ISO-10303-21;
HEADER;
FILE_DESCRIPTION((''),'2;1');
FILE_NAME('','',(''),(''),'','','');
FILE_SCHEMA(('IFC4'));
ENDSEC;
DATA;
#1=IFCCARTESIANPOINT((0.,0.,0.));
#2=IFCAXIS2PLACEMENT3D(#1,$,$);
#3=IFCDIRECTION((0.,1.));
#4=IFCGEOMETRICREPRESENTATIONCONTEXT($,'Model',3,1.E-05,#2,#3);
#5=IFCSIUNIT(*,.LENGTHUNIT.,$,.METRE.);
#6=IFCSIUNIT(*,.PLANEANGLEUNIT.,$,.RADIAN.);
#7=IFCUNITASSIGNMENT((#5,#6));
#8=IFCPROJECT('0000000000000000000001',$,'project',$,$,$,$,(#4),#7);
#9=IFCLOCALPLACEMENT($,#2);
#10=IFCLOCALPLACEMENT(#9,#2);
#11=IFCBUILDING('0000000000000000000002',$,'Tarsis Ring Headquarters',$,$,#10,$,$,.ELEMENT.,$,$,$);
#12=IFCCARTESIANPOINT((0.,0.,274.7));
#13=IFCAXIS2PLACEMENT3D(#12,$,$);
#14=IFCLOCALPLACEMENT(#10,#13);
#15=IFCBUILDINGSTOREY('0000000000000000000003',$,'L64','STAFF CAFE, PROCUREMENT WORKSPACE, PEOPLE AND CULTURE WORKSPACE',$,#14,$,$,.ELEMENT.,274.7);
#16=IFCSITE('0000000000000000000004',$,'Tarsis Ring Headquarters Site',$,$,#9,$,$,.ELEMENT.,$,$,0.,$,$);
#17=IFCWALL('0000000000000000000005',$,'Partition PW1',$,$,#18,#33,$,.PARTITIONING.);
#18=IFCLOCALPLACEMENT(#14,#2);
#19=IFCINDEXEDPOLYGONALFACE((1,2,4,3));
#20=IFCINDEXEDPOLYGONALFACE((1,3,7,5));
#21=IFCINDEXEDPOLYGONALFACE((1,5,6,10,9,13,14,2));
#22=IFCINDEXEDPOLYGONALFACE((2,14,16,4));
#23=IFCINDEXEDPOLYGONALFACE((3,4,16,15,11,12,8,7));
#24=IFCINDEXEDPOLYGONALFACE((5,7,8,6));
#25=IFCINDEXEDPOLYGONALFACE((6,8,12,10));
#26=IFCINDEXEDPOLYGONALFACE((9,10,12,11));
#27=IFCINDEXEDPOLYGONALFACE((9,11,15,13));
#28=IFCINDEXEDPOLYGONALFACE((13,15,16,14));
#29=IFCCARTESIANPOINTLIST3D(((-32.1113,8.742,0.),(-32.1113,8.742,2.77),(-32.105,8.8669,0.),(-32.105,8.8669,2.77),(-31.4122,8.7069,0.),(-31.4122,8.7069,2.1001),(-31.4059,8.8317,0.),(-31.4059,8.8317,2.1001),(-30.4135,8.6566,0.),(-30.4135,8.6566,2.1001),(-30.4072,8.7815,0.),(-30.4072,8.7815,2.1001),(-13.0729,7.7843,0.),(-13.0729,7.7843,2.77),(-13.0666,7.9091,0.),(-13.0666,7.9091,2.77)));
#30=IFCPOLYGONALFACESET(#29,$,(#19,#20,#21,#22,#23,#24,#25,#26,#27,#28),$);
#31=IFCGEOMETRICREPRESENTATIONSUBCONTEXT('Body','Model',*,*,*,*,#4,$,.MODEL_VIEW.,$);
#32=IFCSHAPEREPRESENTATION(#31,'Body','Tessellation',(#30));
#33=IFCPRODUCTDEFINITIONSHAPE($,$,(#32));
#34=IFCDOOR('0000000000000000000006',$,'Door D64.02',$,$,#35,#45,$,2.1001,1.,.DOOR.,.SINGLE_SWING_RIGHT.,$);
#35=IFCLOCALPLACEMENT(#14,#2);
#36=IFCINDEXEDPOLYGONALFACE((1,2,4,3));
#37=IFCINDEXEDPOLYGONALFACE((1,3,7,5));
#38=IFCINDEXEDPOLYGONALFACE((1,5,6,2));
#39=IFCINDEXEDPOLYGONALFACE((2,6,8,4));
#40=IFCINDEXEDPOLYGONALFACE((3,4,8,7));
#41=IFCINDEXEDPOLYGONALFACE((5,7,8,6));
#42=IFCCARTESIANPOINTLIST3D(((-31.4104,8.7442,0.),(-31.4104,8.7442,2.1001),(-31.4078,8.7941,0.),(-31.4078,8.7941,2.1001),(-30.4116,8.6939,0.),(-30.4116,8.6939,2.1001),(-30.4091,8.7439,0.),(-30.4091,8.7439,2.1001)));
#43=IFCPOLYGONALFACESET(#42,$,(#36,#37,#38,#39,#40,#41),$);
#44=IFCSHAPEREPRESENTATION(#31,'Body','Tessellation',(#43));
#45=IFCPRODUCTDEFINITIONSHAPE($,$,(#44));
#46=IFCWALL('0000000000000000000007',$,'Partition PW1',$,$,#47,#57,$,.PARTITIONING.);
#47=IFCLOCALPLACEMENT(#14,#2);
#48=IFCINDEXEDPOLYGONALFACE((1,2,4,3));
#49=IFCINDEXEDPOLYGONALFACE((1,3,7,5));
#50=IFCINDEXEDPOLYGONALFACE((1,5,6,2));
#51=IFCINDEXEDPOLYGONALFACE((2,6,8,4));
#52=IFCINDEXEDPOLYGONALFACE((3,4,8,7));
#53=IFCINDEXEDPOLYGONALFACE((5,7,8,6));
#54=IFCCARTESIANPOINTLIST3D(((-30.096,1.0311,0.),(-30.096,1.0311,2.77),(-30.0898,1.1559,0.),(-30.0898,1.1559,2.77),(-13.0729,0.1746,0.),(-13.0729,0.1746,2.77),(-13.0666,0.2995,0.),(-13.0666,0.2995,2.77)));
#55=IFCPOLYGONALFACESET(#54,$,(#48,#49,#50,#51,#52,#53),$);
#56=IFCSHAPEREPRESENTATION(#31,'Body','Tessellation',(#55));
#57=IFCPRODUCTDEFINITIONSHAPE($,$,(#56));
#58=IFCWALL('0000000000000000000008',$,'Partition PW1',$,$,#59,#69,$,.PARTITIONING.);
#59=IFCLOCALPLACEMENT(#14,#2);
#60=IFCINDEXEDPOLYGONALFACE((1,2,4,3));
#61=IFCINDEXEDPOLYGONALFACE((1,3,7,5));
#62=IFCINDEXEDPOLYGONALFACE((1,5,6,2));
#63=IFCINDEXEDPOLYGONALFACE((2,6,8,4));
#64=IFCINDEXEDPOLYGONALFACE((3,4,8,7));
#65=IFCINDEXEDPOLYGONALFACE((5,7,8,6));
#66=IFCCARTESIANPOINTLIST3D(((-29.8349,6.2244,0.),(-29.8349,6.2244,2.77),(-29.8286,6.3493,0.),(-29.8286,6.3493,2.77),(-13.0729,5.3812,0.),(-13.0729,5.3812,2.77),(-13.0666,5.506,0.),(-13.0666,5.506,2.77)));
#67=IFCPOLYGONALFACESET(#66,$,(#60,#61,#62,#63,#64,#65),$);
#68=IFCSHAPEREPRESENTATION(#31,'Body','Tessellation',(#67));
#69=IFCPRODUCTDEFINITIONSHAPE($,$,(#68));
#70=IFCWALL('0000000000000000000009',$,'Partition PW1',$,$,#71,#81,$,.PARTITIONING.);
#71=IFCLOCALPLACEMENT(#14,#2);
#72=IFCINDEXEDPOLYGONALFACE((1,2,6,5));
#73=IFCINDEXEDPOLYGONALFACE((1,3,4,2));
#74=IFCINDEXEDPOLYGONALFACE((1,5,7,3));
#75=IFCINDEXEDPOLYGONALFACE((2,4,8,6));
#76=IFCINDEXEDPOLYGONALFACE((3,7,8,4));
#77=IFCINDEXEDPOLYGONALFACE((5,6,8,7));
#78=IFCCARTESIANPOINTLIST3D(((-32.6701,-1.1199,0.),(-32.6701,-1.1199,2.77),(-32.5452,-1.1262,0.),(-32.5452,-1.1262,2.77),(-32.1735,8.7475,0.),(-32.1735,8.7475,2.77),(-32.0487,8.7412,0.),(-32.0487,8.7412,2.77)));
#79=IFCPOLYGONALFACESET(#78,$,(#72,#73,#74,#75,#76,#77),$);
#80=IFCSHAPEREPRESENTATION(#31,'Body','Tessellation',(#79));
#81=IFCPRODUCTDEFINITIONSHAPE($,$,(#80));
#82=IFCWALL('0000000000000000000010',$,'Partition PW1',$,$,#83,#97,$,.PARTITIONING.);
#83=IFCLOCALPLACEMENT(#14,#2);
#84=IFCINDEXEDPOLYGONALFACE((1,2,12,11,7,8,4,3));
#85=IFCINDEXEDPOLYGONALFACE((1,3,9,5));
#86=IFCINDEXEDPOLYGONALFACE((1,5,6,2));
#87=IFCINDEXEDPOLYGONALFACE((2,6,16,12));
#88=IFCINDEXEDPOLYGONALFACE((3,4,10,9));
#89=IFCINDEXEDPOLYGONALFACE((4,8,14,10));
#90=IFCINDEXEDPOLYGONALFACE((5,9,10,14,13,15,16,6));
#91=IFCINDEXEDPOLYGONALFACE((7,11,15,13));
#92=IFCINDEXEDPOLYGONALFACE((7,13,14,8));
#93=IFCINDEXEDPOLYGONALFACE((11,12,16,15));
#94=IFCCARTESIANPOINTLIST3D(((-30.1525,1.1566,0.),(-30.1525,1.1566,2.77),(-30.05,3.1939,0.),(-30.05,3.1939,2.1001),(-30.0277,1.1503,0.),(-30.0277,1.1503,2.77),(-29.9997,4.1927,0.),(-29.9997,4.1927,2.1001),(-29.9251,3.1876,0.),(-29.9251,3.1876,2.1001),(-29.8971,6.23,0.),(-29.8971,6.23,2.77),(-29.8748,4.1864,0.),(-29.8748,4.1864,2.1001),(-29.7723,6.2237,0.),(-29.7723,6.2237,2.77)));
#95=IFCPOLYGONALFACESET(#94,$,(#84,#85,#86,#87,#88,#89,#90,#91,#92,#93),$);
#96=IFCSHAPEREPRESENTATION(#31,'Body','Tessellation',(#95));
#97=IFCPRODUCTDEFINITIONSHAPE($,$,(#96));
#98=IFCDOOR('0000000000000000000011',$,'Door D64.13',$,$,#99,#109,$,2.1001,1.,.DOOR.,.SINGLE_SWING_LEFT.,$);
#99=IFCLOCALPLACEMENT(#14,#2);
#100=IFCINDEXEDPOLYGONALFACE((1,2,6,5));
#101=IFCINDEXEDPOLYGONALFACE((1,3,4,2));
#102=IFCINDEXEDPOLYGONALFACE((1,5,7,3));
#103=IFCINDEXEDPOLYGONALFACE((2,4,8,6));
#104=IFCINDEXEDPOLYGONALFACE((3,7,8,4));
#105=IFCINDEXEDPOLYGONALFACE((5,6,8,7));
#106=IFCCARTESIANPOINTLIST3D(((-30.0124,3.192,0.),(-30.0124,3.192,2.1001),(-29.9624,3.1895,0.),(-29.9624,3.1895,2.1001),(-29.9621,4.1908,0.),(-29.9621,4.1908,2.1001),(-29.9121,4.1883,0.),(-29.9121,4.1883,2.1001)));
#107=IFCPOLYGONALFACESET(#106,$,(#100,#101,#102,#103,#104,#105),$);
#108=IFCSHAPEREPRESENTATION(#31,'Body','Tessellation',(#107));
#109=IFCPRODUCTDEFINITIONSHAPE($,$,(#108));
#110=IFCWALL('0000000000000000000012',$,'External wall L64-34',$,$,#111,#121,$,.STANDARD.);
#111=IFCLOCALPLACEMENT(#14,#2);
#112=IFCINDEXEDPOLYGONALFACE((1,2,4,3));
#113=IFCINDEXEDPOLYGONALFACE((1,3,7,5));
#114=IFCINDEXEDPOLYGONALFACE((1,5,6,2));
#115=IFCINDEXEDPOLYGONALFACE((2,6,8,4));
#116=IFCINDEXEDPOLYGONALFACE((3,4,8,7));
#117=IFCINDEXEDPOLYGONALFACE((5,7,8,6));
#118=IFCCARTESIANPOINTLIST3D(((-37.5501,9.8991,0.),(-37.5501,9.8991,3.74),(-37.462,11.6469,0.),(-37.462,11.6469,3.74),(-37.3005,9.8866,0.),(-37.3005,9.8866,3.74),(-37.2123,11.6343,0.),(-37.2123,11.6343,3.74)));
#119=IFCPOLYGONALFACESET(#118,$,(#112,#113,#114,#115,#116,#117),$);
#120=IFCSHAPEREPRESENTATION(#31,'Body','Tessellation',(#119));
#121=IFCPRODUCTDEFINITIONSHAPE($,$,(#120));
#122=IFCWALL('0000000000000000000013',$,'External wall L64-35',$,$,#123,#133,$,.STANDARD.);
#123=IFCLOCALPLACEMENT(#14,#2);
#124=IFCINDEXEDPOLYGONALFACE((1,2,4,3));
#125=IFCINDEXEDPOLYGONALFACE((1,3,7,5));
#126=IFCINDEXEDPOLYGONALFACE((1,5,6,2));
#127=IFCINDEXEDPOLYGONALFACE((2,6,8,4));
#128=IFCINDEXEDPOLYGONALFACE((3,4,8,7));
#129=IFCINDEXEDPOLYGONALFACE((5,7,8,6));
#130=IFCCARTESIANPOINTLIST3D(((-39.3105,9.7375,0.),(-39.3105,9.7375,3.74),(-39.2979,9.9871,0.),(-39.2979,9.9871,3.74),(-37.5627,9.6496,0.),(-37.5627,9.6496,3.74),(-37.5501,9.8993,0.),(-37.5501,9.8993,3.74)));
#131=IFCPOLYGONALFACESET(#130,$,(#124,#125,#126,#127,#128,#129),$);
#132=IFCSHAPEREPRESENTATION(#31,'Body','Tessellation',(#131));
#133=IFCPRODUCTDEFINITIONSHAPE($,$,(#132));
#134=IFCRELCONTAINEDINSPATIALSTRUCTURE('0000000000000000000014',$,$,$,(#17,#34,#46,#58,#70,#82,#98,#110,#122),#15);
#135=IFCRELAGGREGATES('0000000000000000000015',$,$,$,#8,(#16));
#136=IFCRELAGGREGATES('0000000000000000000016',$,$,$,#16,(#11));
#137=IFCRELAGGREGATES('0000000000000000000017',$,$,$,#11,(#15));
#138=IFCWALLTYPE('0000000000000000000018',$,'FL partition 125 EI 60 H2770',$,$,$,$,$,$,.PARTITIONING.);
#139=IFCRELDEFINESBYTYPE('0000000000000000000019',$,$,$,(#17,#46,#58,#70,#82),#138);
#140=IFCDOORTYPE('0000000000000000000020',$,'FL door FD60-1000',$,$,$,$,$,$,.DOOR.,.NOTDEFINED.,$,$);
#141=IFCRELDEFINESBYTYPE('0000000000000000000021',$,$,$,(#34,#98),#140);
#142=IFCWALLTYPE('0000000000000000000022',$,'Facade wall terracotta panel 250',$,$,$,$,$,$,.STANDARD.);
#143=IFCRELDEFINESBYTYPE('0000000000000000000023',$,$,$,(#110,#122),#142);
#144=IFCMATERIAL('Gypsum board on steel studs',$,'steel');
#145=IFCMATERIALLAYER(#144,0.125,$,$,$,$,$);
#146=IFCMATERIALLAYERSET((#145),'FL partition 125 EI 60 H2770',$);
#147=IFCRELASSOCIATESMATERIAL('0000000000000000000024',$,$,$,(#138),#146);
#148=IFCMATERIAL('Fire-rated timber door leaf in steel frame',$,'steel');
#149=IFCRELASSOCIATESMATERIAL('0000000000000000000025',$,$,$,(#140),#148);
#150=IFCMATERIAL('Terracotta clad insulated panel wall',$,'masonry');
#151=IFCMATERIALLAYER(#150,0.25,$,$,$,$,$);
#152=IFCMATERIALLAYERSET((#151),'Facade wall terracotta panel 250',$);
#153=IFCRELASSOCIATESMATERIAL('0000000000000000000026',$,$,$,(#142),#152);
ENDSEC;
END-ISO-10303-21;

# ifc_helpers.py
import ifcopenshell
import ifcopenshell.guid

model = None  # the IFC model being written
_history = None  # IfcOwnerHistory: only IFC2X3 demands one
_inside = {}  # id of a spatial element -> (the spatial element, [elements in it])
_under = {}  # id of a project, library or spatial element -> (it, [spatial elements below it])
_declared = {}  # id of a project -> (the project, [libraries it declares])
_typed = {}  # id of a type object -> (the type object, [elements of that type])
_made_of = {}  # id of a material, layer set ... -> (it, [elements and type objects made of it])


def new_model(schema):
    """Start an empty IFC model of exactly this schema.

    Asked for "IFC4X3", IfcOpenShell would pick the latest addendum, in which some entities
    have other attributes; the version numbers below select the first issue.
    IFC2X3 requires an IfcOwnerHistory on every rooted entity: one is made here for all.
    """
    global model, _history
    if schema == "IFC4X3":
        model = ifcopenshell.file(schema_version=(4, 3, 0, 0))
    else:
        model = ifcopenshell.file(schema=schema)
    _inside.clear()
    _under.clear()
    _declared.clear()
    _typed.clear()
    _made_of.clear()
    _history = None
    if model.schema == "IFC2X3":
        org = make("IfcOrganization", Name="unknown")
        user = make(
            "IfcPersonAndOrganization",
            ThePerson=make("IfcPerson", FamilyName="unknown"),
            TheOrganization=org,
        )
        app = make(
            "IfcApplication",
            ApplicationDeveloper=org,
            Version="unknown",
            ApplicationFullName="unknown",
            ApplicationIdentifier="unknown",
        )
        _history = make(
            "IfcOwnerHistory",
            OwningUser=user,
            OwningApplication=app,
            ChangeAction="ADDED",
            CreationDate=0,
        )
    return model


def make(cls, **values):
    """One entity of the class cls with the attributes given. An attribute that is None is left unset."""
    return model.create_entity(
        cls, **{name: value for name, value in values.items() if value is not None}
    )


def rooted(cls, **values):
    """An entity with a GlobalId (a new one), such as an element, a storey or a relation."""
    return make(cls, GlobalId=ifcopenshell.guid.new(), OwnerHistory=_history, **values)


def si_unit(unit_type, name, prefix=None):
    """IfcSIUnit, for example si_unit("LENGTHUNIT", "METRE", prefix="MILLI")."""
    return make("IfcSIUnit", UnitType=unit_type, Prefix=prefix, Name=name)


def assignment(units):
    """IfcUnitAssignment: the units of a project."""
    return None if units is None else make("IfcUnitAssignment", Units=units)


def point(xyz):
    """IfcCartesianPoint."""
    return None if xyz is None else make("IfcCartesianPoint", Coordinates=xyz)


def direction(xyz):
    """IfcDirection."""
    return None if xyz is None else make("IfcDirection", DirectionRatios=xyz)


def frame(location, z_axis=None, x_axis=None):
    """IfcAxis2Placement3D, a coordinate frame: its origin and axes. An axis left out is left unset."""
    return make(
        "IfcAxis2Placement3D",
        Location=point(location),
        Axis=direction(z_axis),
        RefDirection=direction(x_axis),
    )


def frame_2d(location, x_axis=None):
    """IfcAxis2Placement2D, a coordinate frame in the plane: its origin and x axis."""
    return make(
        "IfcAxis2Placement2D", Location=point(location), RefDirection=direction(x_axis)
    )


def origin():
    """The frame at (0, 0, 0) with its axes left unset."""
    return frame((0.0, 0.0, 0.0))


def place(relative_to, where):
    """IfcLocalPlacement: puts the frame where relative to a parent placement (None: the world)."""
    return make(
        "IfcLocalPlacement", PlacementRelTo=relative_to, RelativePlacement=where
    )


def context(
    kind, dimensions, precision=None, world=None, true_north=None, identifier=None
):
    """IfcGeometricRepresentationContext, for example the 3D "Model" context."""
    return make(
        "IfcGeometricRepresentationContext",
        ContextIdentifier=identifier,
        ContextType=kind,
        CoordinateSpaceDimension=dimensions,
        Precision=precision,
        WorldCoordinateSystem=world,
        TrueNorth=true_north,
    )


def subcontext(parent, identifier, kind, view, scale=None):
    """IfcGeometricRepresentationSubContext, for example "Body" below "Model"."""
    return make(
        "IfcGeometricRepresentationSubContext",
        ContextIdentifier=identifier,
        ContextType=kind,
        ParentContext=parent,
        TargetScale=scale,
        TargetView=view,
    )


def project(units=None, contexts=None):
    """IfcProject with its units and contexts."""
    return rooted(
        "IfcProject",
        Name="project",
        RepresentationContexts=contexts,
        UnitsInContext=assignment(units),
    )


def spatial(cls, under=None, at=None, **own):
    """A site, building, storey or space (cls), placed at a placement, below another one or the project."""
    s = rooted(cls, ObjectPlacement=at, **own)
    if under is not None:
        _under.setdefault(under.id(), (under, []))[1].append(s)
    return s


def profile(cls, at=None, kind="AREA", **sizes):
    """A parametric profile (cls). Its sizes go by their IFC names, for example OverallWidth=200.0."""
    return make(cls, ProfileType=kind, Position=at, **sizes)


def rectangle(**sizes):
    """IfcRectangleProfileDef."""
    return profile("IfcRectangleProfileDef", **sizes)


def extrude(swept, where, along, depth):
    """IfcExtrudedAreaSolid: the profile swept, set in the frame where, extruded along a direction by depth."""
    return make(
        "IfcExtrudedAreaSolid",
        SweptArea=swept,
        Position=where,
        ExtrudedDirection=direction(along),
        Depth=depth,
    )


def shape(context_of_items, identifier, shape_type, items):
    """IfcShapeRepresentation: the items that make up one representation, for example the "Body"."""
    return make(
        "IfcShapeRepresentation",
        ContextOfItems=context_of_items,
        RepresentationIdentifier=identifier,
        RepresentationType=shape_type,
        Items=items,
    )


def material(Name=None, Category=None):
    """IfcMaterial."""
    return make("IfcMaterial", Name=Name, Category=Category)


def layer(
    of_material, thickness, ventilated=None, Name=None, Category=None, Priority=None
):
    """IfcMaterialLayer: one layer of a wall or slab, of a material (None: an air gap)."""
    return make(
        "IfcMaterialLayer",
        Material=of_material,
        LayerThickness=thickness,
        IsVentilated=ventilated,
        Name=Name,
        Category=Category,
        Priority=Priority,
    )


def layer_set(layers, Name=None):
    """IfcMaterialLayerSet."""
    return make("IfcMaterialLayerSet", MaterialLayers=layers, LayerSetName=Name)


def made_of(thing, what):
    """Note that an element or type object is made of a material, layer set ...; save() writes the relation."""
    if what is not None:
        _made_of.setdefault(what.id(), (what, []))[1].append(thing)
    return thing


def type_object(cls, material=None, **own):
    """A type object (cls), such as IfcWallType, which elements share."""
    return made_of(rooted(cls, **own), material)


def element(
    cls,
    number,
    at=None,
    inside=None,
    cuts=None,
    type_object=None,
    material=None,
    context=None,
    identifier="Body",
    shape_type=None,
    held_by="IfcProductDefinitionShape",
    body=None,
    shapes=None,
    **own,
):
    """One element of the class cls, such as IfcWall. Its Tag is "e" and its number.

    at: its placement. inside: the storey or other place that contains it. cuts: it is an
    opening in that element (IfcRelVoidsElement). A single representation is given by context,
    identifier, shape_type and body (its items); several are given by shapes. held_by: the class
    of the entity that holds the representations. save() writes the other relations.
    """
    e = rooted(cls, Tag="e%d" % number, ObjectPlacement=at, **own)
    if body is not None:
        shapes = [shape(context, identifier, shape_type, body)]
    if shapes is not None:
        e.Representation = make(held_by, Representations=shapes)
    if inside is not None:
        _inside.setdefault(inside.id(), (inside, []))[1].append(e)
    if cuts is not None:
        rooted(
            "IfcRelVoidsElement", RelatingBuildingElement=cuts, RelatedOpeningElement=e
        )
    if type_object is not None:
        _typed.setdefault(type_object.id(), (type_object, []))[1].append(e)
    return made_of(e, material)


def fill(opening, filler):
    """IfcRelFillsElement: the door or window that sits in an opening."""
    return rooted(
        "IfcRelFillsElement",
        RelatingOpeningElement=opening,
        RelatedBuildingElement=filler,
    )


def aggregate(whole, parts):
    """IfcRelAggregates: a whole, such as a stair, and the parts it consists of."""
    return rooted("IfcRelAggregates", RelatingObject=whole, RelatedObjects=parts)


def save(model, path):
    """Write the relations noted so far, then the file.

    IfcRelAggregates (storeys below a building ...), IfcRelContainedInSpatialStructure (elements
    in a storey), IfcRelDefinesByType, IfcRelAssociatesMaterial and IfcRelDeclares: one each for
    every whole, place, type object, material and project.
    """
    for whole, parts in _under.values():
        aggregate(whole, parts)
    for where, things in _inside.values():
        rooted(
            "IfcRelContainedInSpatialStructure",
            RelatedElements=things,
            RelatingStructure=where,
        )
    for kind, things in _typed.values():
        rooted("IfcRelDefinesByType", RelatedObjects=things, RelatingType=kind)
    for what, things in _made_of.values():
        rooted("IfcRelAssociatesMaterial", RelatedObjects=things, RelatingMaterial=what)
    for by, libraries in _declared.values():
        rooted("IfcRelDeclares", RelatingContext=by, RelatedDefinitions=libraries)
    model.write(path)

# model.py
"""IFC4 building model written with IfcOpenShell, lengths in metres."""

from ifc_helpers import new_model, si_unit, direction, frame, frame_2d, origin, place, context, subcontext, project, spatial, rectangle, extrude, material, layer, layer_set, type_object, element, fill, save


model = new_model("IFC4")

# Units and contexts
model_context = context("Model", 3, precision=1e-05, world=origin(), true_north=direction((0.0, 1.0)))
body_context = subcontext(model_context, "Body", "Model", "MODEL_VIEW")
ifc_project = project(units=[si_unit("LENGTHUNIT", "METRE"), si_unit("PLANEANGLEUNIT", "RADIAN")], contexts=[model_context])

# Site, building, storey
site_placement = place(None, origin())
site = spatial("IfcSite", under=ifc_project, at=site_placement, Name="Tarsis Ring Headquarters Site", CompositionType="ELEMENT", RefElevation=0.0)
building_placement = place(site_placement, origin())
building = spatial("IfcBuilding", under=site, at=building_placement, Name="Tarsis Ring Headquarters", CompositionType="ELEMENT")
storey_placement = place(building_placement, frame((0.0, 0.0, 274.7)))
storey = spatial("IfcBuildingStorey", under=building, at=storey_placement, Name="L64", Description="STAFF CAFE, PROCUREMENT WORKSPACE, PEOPLE AND CULTURE WORKSPACE", CompositionType="ELEMENT", Elevation=274.7)

# Shared definitions
ifc_material_1 = material(Name="Gypsum board on steel studs", Category="steel")

# Wall, opening, door
ifc_layer_1 = layer(ifc_material_1, 0.125)
ifc_layer_set_1 = layer_set([ifc_layer_1], Name="FL partition 125 EI 60 H2770")
wall_type_1 = type_object("IfcWallType", Name="FL partition 125 EI 60 H2770", PredefinedType="PARTITIONING", material=ifc_layer_set_1)
ifc_material_2 = material(Name="Fire-rated timber door leaf in steel frame", Category="steel")
wall_1_placement = place(storey_placement, frame((-32.1082, 8.8044, 0.0), z_axis=(0.0, 0.0, 1.0), x_axis=(0.998737, -0.050244, 0.0)))
wall_1 = element("IfcWall", 1, at=wall_1_placement, inside=storey, type_object=wall_type_1, Name="Partition PW1", PredefinedType="PARTITIONING", context=body_context, shape_type="SweptSolid", body=[
    extrude(rectangle(XDim=19.0625, YDim=0.125, at=frame_2d((9.5312, 0.0))), origin(), (0.0, 0.0, 1.0), 2.77),
])
opening_1_placement = place(wall_1_placement, frame((0.7, 0.0, 0.0)))
opening_1 = element("IfcOpeningElement", 2, at=opening_1_placement, cuts=wall_1, PredefinedType="OPENING", context=body_context, shape_type="SweptSolid", body=[
    extrude(rectangle(XDim=1.0, YDim=2.1001, at=frame_2d((0.5, 1.05))), frame((0.0, 0.0725, 0.0), z_axis=(0.0, -1.0, 0.0), x_axis=(1.0, 0.0, 0.0)), (0.0, 0.0, 1.0), 0.145),
])
door_type_1 = type_object("IfcDoorType", Name="FL door FD60-1000", OperationType="NOTDEFINED", PredefinedType="DOOR", material=ifc_material_2)
door_1_placement = place(opening_1_placement, origin())
door_1 = element("IfcDoor", 3, at=door_1_placement, inside=storey, type_object=door_type_1, Name="Door D64.02", OperationType="SINGLE_SWING_RIGHT", OverallHeight=2.1001, OverallWidth=1.0, PredefinedType="DOOR", context=body_context, shape_type="SweptSolid", body=[
    extrude(rectangle(XDim=1.0, YDim=2.1001, at=frame_2d((0.5, 1.05))), frame((0.0, 0.0249, 0.0), z_axis=(0.0, -1.0, 0.0), x_axis=(1.0, 0.0, 0.0)), (0.0, 0.0, 1.0), 0.05),
])
fill(opening_1, door_1)

# Walls
wall_2_placement = place(storey_placement, frame((-30.093, 1.0935, 0.0), z_axis=(0.0, 0.0, 1.0), x_axis=(0.998737, -0.050247, 0.0)))
element("IfcWall", 4, at=wall_2_placement, inside=storey, type_object=wall_type_1, Name="Partition PW1", PredefinedType="PARTITIONING", context=body_context, shape_type="SweptSolid", body=[
    extrude(rectangle(XDim=17.0447, YDim=0.125, at=frame_2d((8.5225, 0.0))), origin(), (0.0, 0.0, 1.0), 2.77),
])
wall_3_placement = place(storey_placement, frame((-29.8318, 6.2869, 0.0), z_axis=(0.0, 0.0, 1.0), x_axis=(0.998737, -0.050245, 0.0)))
element("IfcWall", 5, at=wall_3_placement, inside=storey, type_object=wall_type_1, Name="Partition PW1", PredefinedType="PARTITIONING", context=body_context, shape_type="SweptSolid", body=[
    extrude(rectangle(XDim=16.7832, YDim=0.125, at=frame_2d((8.3916, 0.0))), origin(), (0.0, 0.0, 1.0), 2.77),
])
wall_4_placement = place(storey_placement, frame((-32.6077, -1.123, 0.0), z_axis=(0.0, 0.0, 1.0), x_axis=(0.050262, 0.998736, 0.0)))
element("IfcWall", 6, at=wall_4_placement, inside=storey, type_object=wall_type_1, Name="Partition PW1", PredefinedType="PARTITIONING", context=body_context, shape_type="SweptSolid", body=[
    extrude(rectangle(XDim=9.8799, YDim=0.125, at=frame_2d((4.9399, 0.0))), origin(), (0.0, 0.0, 1.0), 2.77),
])

# Wall, opening, door
wall_5_placement = place(storey_placement, frame((-30.0901, 1.1533, 0.0), z_axis=(0.0, 0.0, 1.0), x_axis=(0.050271, 0.998736, 0.0)))
wall_5 = element("IfcWall", 7, at=wall_5_placement, inside=storey, type_object=wall_type_1, Name="Partition PW1", PredefinedType="PARTITIONING", context=body_context, shape_type="SweptSolid", body=[
    extrude(rectangle(XDim=5.0798, YDim=0.125, at=frame_2d((2.54, 0.0))), origin(), (0.0, 0.0, 1.0), 2.77),
])
opening_2_placement = place(wall_5_placement, frame((2.04, 0.0, 0.0)))
opening_2 = element("IfcOpeningElement", 8, at=opening_2_placement, cuts=wall_5, PredefinedType="OPENING", context=body_context, shape_type="SweptSolid", body=[
    extrude(rectangle(XDim=1.0, YDim=2.1001, at=frame_2d((0.5, 1.05))), frame((0.0, 0.0725, 0.0), z_axis=(0.0, -1.0, 0.0), x_axis=(1.0, 0.0, 0.0)), (0.0, 0.0, 1.0), 0.145),
])
door_2_placement = place(opening_2_placement, origin())
door_2 = element("IfcDoor", 9, at=door_2_placement, inside=storey, type_object=door_type_1, Name="Door D64.13", OperationType="SINGLE_SWING_LEFT", OverallHeight=2.1001, OverallWidth=1.0, PredefinedType="DOOR", context=body_context, shape_type="SweptSolid", body=[
    extrude(rectangle(XDim=1.0, YDim=2.1001, at=frame_2d((0.5, 1.05))), frame((0.0, 0.0249, 0.0), z_axis=(0.0, -1.0, 0.0), x_axis=(1.0, 0.0, 0.0)), (0.0, 0.0, 1.0), 0.05),
])
fill(opening_2, door_2)

# Walls
ifc_material_3 = material(Name="Terracotta clad insulated panel wall", Category="masonry")
ifc_layer_2 = layer(ifc_material_3, 0.25)
ifc_layer_set_2 = layer_set([ifc_layer_2], Name="Facade wall terracotta panel 250")
wall_type_2 = type_object("IfcWallType", Name="Facade wall terracotta panel 250", PredefinedType="STANDARD", material=ifc_layer_set_2)
for number, where, z_axis, x_axis, name in (
    (10, (-37.3372, 11.6406, 0.0), (0.0, 0.0, 1.0), (-0.050362, -0.998731, 0.0), "External wall L64-34"),
    (11, (-37.5564, 9.7744, 0.0), (0.0, 0.0, 1.0), (-0.998738, 0.050223, 0.0), "External wall L64-35"),
):
    element("IfcWall", number, at=place(storey_placement, frame(where, z_axis=z_axis, x_axis=x_axis)), inside=storey, type_object=wall_type_2, Name=name, PredefinedType="STANDARD", context=body_context, shape_type="SweptSolid", body=[
        extrude(rectangle(XDim=1.75, YDim=0.25, at=frame_2d((0.875, 0.0))), origin(), (0.0, 0.0, 1.0), 3.74),
    ])

save(model, "model.ifc")
